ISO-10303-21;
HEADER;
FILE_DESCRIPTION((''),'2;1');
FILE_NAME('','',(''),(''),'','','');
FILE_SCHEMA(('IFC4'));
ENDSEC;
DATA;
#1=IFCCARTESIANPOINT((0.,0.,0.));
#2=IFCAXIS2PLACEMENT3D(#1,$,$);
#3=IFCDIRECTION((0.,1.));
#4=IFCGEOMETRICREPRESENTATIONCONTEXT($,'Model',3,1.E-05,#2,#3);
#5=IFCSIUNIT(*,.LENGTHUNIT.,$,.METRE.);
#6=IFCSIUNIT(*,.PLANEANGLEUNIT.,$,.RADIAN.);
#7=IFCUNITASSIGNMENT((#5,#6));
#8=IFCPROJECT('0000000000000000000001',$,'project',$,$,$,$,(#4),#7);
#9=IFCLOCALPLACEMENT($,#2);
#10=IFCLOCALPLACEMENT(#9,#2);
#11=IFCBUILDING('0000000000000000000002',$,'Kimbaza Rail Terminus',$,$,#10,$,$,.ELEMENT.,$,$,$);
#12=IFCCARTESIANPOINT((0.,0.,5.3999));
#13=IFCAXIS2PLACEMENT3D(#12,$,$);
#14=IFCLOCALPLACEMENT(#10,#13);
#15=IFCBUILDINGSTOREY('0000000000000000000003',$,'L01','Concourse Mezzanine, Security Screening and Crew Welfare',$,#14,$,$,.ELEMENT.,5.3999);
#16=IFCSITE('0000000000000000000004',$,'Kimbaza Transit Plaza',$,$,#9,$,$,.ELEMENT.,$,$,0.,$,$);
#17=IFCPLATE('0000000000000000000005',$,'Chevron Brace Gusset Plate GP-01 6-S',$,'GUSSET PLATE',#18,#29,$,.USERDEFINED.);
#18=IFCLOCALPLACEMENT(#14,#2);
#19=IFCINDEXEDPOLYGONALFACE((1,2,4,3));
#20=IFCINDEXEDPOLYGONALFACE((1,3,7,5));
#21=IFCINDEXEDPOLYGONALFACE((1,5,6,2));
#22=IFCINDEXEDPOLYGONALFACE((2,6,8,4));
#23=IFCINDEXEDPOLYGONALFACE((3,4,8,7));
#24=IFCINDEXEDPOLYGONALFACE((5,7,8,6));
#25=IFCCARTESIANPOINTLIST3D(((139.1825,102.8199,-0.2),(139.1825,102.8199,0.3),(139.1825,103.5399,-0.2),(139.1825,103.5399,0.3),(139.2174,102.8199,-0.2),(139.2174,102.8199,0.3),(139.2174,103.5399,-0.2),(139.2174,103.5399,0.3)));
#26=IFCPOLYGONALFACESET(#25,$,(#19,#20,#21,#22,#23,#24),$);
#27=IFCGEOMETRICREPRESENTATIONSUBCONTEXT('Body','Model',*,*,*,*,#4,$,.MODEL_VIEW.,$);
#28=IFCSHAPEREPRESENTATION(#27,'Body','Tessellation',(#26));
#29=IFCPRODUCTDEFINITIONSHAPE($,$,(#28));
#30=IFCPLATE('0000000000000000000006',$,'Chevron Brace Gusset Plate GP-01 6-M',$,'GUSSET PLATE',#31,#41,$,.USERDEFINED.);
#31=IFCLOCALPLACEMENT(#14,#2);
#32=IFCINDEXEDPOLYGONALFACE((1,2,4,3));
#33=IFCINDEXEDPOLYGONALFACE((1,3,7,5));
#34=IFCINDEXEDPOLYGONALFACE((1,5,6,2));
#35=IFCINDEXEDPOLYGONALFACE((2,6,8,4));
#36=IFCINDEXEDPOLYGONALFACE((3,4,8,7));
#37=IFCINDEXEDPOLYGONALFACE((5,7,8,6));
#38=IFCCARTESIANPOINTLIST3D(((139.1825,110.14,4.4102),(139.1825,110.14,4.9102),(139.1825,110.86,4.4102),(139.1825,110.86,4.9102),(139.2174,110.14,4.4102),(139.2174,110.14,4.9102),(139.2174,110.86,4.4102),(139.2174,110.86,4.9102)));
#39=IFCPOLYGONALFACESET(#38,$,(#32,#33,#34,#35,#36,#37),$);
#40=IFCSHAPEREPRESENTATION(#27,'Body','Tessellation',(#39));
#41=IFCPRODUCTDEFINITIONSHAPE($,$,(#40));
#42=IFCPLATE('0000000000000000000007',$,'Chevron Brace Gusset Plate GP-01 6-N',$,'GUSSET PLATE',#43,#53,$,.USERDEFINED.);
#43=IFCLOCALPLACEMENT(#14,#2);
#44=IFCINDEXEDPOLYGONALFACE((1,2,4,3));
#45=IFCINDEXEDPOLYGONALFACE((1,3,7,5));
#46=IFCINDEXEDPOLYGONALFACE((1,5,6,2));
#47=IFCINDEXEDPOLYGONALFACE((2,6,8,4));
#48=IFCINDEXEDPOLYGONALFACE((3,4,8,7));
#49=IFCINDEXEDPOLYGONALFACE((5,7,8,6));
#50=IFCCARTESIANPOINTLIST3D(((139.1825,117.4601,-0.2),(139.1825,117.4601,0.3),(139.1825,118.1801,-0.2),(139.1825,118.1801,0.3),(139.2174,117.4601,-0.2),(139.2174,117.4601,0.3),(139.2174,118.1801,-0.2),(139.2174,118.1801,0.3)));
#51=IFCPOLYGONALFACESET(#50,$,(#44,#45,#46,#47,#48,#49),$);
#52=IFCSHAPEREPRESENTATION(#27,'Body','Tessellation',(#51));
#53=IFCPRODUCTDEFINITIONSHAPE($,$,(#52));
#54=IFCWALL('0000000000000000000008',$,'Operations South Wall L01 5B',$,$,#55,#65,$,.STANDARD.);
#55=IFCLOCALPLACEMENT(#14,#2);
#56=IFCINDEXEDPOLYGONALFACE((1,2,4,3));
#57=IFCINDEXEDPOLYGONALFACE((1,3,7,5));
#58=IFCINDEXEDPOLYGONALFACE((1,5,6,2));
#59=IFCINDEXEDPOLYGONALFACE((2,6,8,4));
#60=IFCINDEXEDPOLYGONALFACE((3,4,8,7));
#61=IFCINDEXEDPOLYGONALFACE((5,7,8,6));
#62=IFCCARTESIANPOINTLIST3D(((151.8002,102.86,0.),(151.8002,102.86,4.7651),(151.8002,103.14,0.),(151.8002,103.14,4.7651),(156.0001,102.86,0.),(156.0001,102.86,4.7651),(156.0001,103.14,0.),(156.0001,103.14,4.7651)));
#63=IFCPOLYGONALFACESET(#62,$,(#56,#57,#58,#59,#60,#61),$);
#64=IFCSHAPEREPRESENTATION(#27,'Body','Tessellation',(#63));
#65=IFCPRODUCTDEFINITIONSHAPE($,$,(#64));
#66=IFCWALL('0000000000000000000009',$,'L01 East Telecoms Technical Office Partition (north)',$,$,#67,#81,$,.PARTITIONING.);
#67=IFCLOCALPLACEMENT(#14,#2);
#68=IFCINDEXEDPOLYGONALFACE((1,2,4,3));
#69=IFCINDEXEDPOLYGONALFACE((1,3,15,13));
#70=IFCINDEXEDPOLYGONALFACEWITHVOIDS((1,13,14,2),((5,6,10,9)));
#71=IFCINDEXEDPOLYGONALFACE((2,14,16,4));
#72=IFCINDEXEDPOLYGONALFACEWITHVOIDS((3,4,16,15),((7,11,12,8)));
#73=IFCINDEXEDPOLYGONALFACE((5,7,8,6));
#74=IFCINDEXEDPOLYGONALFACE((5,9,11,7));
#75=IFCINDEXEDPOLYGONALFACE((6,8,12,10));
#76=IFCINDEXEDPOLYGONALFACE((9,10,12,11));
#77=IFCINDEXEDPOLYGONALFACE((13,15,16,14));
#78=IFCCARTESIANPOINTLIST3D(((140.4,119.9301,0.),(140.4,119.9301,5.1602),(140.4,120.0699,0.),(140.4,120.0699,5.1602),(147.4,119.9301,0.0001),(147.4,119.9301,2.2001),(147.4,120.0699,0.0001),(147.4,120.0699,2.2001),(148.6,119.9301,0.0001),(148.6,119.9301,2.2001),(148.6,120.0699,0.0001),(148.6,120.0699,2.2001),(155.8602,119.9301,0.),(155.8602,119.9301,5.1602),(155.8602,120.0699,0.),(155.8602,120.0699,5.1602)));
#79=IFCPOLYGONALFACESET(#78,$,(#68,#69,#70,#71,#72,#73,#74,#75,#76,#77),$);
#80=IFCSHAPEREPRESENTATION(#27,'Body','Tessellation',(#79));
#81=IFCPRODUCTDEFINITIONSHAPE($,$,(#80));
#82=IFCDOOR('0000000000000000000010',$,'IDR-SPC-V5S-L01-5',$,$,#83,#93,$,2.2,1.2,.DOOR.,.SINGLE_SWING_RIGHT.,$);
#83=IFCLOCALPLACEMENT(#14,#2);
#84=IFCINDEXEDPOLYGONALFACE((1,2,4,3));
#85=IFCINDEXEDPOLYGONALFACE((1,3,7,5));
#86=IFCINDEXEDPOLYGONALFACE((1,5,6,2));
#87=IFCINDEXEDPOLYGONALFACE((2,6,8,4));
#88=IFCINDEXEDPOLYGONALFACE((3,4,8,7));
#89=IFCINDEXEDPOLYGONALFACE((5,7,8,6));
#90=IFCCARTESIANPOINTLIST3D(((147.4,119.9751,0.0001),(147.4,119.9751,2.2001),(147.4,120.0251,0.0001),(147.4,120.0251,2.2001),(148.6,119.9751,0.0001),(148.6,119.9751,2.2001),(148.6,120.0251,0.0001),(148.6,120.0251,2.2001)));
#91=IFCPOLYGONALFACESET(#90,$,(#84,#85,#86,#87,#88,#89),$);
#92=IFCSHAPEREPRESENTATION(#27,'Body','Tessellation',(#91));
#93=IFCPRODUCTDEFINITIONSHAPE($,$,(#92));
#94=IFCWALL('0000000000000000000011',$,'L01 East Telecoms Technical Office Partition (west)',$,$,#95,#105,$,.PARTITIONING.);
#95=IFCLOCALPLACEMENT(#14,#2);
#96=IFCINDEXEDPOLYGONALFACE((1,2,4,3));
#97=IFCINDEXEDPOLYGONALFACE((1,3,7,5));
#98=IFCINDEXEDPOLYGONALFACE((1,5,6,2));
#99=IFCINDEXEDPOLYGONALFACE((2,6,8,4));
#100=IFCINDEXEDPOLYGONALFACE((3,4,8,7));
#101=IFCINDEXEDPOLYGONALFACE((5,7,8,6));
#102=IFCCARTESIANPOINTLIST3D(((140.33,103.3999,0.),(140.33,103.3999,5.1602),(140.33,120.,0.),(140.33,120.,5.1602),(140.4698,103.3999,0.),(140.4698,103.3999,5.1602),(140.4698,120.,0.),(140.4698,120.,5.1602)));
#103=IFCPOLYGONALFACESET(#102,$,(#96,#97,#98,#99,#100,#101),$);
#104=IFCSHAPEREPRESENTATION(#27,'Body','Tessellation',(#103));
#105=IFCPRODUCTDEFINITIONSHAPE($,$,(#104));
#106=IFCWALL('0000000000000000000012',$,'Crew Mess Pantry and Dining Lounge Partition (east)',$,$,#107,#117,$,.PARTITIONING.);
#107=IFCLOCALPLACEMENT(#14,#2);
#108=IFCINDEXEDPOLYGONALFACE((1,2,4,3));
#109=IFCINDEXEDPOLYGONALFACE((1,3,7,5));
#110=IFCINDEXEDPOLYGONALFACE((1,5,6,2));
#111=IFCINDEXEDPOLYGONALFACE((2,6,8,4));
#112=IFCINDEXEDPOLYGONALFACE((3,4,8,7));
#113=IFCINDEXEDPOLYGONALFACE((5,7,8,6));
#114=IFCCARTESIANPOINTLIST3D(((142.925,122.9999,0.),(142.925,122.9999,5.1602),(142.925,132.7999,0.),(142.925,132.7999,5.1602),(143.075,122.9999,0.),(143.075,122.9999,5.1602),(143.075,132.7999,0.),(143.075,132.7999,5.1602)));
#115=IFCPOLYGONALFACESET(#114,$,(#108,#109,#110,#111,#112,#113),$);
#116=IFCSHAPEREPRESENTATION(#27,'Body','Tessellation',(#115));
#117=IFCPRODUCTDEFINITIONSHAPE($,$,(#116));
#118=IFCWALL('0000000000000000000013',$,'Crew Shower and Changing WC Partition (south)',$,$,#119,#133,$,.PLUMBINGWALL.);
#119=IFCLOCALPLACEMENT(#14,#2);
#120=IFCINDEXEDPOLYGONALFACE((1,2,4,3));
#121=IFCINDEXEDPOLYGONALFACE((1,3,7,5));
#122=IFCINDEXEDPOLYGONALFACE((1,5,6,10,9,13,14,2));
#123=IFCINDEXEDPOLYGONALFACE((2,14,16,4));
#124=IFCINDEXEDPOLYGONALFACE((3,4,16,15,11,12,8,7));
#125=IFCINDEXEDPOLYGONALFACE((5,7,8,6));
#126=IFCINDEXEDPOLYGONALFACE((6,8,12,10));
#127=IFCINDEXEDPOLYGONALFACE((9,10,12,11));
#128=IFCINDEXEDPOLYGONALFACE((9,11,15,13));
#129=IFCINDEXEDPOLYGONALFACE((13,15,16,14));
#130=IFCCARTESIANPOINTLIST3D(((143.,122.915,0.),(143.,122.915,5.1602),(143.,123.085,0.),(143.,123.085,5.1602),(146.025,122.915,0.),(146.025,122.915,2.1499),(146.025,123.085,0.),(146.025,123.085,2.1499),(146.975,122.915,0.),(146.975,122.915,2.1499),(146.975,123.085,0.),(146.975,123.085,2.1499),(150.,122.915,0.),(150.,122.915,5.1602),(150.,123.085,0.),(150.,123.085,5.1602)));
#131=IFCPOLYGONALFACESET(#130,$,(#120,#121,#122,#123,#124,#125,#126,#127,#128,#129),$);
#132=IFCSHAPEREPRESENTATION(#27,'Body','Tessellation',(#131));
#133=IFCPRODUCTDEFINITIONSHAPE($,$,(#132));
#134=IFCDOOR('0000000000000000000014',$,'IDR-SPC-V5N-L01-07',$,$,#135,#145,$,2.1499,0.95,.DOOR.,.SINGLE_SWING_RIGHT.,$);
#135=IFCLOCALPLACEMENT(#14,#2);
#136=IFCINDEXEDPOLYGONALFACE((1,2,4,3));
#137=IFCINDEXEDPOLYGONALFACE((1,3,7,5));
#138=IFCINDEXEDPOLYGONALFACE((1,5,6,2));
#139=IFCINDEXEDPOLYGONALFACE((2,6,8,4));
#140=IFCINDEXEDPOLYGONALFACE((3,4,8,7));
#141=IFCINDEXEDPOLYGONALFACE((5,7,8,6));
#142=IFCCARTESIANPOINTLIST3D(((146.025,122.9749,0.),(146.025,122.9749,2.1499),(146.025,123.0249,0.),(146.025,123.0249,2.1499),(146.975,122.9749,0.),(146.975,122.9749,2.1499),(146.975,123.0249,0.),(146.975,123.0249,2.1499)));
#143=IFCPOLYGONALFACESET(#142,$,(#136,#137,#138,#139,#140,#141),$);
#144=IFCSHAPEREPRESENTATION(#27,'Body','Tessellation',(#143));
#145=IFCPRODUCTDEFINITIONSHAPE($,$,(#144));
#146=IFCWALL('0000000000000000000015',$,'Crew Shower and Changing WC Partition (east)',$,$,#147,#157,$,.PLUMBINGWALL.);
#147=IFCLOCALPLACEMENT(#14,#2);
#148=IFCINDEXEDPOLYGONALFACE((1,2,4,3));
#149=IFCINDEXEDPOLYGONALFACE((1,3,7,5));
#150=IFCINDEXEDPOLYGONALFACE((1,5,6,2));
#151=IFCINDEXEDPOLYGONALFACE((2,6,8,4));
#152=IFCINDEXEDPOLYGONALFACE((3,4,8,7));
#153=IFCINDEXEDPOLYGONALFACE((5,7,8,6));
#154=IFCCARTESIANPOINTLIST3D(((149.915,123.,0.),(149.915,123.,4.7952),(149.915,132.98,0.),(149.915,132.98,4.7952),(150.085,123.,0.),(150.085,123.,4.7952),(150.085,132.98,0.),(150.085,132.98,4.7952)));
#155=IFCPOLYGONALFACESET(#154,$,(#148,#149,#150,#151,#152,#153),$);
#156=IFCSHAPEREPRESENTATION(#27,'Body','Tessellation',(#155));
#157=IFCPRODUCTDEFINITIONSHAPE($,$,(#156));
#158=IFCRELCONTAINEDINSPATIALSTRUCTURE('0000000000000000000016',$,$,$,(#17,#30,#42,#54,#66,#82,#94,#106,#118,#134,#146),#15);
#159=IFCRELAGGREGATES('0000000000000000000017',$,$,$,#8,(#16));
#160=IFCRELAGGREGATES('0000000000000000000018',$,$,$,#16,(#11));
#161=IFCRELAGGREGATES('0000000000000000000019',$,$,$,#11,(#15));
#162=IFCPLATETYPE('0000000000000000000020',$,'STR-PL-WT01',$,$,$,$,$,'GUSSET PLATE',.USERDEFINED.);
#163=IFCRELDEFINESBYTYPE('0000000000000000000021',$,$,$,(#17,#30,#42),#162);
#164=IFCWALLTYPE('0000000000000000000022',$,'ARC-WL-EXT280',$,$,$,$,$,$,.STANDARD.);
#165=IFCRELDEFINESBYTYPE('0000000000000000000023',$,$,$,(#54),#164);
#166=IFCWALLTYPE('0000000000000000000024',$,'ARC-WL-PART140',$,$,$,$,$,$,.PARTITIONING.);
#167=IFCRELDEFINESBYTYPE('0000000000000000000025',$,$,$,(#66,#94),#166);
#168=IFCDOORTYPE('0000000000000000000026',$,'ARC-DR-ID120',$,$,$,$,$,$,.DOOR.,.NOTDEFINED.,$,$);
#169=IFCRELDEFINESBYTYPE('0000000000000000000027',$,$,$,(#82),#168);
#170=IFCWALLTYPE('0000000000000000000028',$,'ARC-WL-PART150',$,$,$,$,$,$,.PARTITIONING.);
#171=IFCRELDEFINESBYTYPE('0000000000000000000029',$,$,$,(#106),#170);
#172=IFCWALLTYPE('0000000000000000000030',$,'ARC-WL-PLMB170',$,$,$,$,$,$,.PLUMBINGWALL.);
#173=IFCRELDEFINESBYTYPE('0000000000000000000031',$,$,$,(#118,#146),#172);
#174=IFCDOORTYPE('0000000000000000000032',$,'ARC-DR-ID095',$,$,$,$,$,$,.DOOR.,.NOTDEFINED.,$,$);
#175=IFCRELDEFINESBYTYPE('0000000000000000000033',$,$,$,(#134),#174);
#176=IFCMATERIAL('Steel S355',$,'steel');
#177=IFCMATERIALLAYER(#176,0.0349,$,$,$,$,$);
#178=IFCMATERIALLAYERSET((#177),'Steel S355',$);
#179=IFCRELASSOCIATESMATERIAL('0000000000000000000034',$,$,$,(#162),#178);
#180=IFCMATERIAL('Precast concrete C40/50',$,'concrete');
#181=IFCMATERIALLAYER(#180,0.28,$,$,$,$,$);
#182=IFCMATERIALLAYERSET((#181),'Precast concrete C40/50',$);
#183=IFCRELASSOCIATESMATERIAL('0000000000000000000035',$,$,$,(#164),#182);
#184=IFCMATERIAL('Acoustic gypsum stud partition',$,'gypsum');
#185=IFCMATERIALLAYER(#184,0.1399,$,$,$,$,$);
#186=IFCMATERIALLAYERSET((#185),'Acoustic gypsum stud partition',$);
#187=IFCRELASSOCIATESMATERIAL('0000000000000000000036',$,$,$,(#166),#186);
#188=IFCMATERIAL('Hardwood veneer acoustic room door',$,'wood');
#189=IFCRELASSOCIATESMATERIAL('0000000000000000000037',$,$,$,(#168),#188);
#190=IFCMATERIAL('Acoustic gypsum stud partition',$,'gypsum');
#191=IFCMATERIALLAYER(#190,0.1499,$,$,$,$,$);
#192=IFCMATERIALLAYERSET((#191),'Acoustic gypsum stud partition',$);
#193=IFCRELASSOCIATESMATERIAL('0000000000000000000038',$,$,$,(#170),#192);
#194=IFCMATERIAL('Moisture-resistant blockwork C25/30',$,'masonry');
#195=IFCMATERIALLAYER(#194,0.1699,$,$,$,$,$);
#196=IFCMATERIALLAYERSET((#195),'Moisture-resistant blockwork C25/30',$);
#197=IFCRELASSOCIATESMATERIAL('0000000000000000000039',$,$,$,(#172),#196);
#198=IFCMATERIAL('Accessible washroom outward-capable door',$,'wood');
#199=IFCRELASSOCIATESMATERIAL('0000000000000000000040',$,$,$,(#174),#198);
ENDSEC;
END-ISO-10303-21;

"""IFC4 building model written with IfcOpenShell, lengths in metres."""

from ifc_helpers import new_model, si_unit, direction, frame, frame_2d, origin, origin_2d, place, context, subcontext, project, spatial, rectangle, extrude, material, layer, layer_set, type_object, element, fill, save


model = new_model("IFC4")

# Units and contexts
model_context = context("Model", 3, precision=1e-05, world=origin(), true_north=direction((0.0, 1.0)))
body_context = subcontext(model_context, "Body", "Model", "MODEL_VIEW")
ifc_project = project(units=[si_unit("LENGTHUNIT", "METRE"), si_unit("PLANEANGLEUNIT", "RADIAN")], contexts=[model_context])

# Site, building, storey
site_placement = place(None, origin())
site = spatial("IfcSite", under=ifc_project, at=site_placement, Name="Kimbaza Transit Plaza", CompositionType="ELEMENT", RefElevation=0.0)
building_placement = place(site_placement, origin())
building = spatial("IfcBuilding", under=site, at=building_placement, Name="Kimbaza Rail Terminus", CompositionType="ELEMENT")
storey_placement = place(building_placement, frame((0.0, 0.0, 5.3999)))
storey = spatial("IfcBuildingStorey", under=building, at=storey_placement, Name="L01", Description="Concourse Mezzanine, Security Screening and Crew Welfare", CompositionType="ELEMENT", Elevation=5.3999)

# Plates
ifc_material_1 = material(Name="Steel S355", Category="steel")
ifc_layer_1 = layer(ifc_material_1, 0.0349)
ifc_layer_set_1 = layer_set([ifc_layer_1], Name="Steel S355")
plate_type_1 = type_object("IfcPlateType", Name="STR-PL-WT01", ElementType="GUSSET PLATE", PredefinedType="USERDEFINED", material=ifc_layer_set_1)
for number, where, z_axis, x_axis, name in (
    (1, (139.2, 103.1799, -0.2), (0.0, 0.0, 1.0), (1.0, 0.0, 0.0), "Chevron Brace Gusset Plate GP-01 6-S"),
    (2, (139.2, 110.5, 4.4102), (0.0, 0.0, 1.0), (1.0, 0.0, 0.0), "Chevron Brace Gusset Plate GP-01 6-M"),
    (3, (139.2, 117.8201, -0.2), (0.0, 0.0, 1.0), (1.0, 0.0, 0.0), "Chevron Brace Gusset Plate GP-01 6-N"),
):
    element("IfcPlate", number, at=place(storey_placement, frame(where, z_axis=z_axis, x_axis=x_axis)), inside=storey, type_object=plate_type_1, Name=name, ObjectType="GUSSET PLATE", PredefinedType="USERDEFINED", context=body_context, shape_type="SweptSolid", body=[
        extrude(rectangle(XDim=0.0349, YDim=0.72, at=origin_2d()), origin(), (0.0, 0.0, 1.0), 0.5),
    ])

# Wall
ifc_material_2 = material(Name="Precast concrete C40/50", Category="concrete")
ifc_layer_2 = layer(ifc_material_2, 0.28)
ifc_layer_set_2 = layer_set([ifc_layer_2], Name="Precast concrete C40/50")
wall_type_1 = type_object("IfcWallType", Name="ARC-WL-EXT280", PredefinedType="STANDARD", material=ifc_layer_set_2)
wall_1_placement = place(storey_placement, frame((151.8, 103.0, 0.0), z_axis=(0.0, 0.0, 1.0), x_axis=(1.0, 0.0, 0.0)))
element("IfcWall", 4, at=wall_1_placement, inside=storey, type_object=wall_type_1, Name="Operations South Wall L01 5B", PredefinedType="STANDARD", context=body_context, shape_type="SweptSolid", body=[
    extrude(rectangle(XDim=4.2, YDim=0.28, at=frame_2d((2.1001, 0.0))), origin(), (0.0, 0.0, 1.0), 4.7651),
])

# Wall, opening, door
ifc_material_3 = material(Name="Acoustic gypsum stud partition", Category="gypsum")
ifc_layer_3 = layer(ifc_material_3, 0.1399)
ifc_layer_set_3 = layer_set([ifc_layer_3], Name="Acoustic gypsum stud partition")
wall_type_2 = type_object("IfcWallType", Name="ARC-WL-PART140", PredefinedType="PARTITIONING", material=ifc_layer_set_3)
wall_2_placement = place(storey_placement, frame((155.8601, 120.0, 0.0), z_axis=(0.0, 0.0, 1.0), x_axis=(-1.0, 0.0, 0.0)))
wall_2 = element("IfcWall", 5, at=wall_2_placement, inside=storey, type_object=wall_type_2, Name="L01 East Telecoms Technical Office Partition (north)", PredefinedType="PARTITIONING", context=body_context, shape_type="SweptSolid", body=[
    extrude(rectangle(XDim=15.4602, YDim=0.1399, at=frame_2d((7.73, 0.0))), origin(), (0.0, 0.0, 1.0), 5.1602),
])
opening_1_placement = place(wall_2_placement, frame((7.26, 0.0, 0.0)))
opening_1 = element("IfcOpeningElement", 6, at=opening_1_placement, cuts=wall_2, PredefinedType="OPENING", context=body_context, shape_type="SweptSolid", body=[
    extrude(rectangle(XDim=1.2, YDim=2.2, at=frame_2d((0.6001, 1.1001))), frame((0.0, 0.0798, 0.0), z_axis=(0.0, -1.0, 0.0), x_axis=(1.0, 0.0, 0.0)), (0.0, 0.0, 1.0), 0.1599),
])
ifc_material_4 = material(Name="Hardwood veneer acoustic room door", Category="wood")
door_type_1 = type_object("IfcDoorType", Name="ARC-DR-ID120", OperationType="NOTDEFINED", PredefinedType="DOOR", material=ifc_material_4)
door_1_placement = place(opening_1_placement, origin())
door_1 = element("IfcDoor", 7, at=door_1_placement, inside=storey, type_object=door_type_1, Name="IDR-SPC-V5S-L01-5", OperationType="SINGLE_SWING_RIGHT", OverallHeight=2.2, OverallWidth=1.2, PredefinedType="DOOR", context=body_context, shape_type="SweptSolid", body=[
    extrude(rectangle(XDim=1.2, YDim=2.2, at=frame_2d((0.6001, 1.1001))), frame((0.0, 0.0249, 0.0), z_axis=(0.0, -1.0, 0.0), x_axis=(1.0, 0.0, 0.0)), (0.0, 0.0, 1.0), 0.05),
])
fill(opening_1, door_1)

# Walls
wall_3_placement = place(storey_placement, frame((140.3999, 120.0, 0.0), z_axis=(0.0, 0.0, 1.0), x_axis=(0.0, -1.0, 0.0)))
element("IfcWall", 8, at=wall_3_placement, inside=storey, type_object=wall_type_2, Name="L01 East Telecoms Technical Office Partition (west)", PredefinedType="PARTITIONING", context=body_context, shape_type="SweptSolid", body=[
    extrude(rectangle(XDim=16.6001, YDim=0.1399, at=frame_2d((8.3, 0.0))), origin(), (0.0, 0.0, 1.0), 5.1602),
])
ifc_material_5 = material(Name="Acoustic gypsum stud partition", Category="gypsum")
ifc_layer_4 = layer(ifc_material_5, 0.1499)
ifc_layer_set_4 = layer_set([ifc_layer_4], Name="Acoustic gypsum stud partition")
wall_type_3 = type_object("IfcWallType", Name="ARC-WL-PART150", PredefinedType="PARTITIONING", material=ifc_layer_set_4)
wall_4_placement = place(storey_placement, frame((143.0, 123.0, 0.0), z_axis=(0.0, 0.0, 1.0), x_axis=(0.0, 1.0, 0.0)))
element("IfcWall", 9, at=wall_4_placement, inside=storey, type_object=wall_type_3, Name="Crew Mess Pantry and Dining Lounge Partition (east)", PredefinedType="PARTITIONING", context=body_context, shape_type="SweptSolid", body=[
    extrude(rectangle(XDim=9.8, YDim=0.1499, at=frame_2d((4.8999, 0.0))), origin(), (0.0, 0.0, 1.0), 5.1602),
])

# Wall, opening, door
ifc_material_6 = material(Name="Moisture-resistant blockwork C25/30", Category="masonry")
ifc_layer_5 = layer(ifc_material_6, 0.1699)
ifc_layer_set_5 = layer_set([ifc_layer_5], Name="Moisture-resistant blockwork C25/30")
wall_type_4 = type_object("IfcWallType", Name="ARC-WL-PLMB170", PredefinedType="PLUMBINGWALL", material=ifc_layer_set_5)
wall_5_placement = place(storey_placement, frame((143.0, 123.0, 0.0), z_axis=(0.0, 0.0, 1.0), x_axis=(1.0, 0.0, 0.0)))
wall_5 = element("IfcWall", 10, at=wall_5_placement, inside=storey, type_object=wall_type_4, Name="Crew Shower and Changing WC Partition (south)", PredefinedType="PLUMBINGWALL", context=body_context, shape_type="SweptSolid", body=[
    extrude(rectangle(XDim=7.0, YDim=0.1699, at=frame_2d((3.5, 0.0))), origin(), (0.0, 0.0, 1.0), 5.1602),
])
opening_2_placement = place(wall_5_placement, frame((3.0249, 0.0, 0.0)))
opening_2 = element("IfcOpeningElement", 11, at=opening_2_placement, cuts=wall_5, PredefinedType="OPENING", context=body_context, shape_type="SweptSolid", body=[
    extrude(rectangle(XDim=0.95, YDim=2.1499, at=frame_2d((0.4751, 1.075))), frame((0.0, 0.095, 0.0), z_axis=(0.0, -1.0, 0.0), x_axis=(1.0, 0.0, 0.0)), (0.0, 0.0, 1.0), 0.1899),
])
ifc_material_7 = material(Name="Accessible washroom outward-capable door", Category="wood")
door_type_2 = type_object("IfcDoorType", Name="ARC-DR-ID095", OperationType="NOTDEFINED", PredefinedType="DOOR", material=ifc_material_7)
door_2_placement = place(opening_2_placement, origin())
door_2 = element("IfcDoor", 12, at=door_2_placement, inside=storey, type_object=door_type_2, Name="IDR-SPC-V5N-L01-07", OperationType="SINGLE_SWING_RIGHT", OverallHeight=2.1499, OverallWidth=0.95, PredefinedType="DOOR", context=body_context, shape_type="SweptSolid", body=[
    extrude(rectangle(XDim=0.95, YDim=2.1499, at=frame_2d((0.4751, 1.075))), frame((0.0, 0.0249, 0.0), z_axis=(0.0, -1.0, 0.0), x_axis=(1.0, 0.0, 0.0)), (0.0, 0.0, 1.0), 0.05),
])
fill(opening_2, door_2)

# Wall
wall_6_placement = place(storey_placement, frame((150.0, 123.0, 0.0), z_axis=(0.0, 0.0, 1.0), x_axis=(0.0, 1.0, 0.0)))
element("IfcWall", 13, at=wall_6_placement, inside=storey, type_object=wall_type_4, Name="Crew Shower and Changing WC Partition (east)", PredefinedType="PLUMBINGWALL", context=body_context, shape_type="SweptSolid", body=[
    extrude(rectangle(XDim=9.98, YDim=0.1699, at=frame_2d((4.99, 0.0))), origin(), (0.0, 0.0, 1.0), 4.7952),
])

save(model, "model.ifc")
